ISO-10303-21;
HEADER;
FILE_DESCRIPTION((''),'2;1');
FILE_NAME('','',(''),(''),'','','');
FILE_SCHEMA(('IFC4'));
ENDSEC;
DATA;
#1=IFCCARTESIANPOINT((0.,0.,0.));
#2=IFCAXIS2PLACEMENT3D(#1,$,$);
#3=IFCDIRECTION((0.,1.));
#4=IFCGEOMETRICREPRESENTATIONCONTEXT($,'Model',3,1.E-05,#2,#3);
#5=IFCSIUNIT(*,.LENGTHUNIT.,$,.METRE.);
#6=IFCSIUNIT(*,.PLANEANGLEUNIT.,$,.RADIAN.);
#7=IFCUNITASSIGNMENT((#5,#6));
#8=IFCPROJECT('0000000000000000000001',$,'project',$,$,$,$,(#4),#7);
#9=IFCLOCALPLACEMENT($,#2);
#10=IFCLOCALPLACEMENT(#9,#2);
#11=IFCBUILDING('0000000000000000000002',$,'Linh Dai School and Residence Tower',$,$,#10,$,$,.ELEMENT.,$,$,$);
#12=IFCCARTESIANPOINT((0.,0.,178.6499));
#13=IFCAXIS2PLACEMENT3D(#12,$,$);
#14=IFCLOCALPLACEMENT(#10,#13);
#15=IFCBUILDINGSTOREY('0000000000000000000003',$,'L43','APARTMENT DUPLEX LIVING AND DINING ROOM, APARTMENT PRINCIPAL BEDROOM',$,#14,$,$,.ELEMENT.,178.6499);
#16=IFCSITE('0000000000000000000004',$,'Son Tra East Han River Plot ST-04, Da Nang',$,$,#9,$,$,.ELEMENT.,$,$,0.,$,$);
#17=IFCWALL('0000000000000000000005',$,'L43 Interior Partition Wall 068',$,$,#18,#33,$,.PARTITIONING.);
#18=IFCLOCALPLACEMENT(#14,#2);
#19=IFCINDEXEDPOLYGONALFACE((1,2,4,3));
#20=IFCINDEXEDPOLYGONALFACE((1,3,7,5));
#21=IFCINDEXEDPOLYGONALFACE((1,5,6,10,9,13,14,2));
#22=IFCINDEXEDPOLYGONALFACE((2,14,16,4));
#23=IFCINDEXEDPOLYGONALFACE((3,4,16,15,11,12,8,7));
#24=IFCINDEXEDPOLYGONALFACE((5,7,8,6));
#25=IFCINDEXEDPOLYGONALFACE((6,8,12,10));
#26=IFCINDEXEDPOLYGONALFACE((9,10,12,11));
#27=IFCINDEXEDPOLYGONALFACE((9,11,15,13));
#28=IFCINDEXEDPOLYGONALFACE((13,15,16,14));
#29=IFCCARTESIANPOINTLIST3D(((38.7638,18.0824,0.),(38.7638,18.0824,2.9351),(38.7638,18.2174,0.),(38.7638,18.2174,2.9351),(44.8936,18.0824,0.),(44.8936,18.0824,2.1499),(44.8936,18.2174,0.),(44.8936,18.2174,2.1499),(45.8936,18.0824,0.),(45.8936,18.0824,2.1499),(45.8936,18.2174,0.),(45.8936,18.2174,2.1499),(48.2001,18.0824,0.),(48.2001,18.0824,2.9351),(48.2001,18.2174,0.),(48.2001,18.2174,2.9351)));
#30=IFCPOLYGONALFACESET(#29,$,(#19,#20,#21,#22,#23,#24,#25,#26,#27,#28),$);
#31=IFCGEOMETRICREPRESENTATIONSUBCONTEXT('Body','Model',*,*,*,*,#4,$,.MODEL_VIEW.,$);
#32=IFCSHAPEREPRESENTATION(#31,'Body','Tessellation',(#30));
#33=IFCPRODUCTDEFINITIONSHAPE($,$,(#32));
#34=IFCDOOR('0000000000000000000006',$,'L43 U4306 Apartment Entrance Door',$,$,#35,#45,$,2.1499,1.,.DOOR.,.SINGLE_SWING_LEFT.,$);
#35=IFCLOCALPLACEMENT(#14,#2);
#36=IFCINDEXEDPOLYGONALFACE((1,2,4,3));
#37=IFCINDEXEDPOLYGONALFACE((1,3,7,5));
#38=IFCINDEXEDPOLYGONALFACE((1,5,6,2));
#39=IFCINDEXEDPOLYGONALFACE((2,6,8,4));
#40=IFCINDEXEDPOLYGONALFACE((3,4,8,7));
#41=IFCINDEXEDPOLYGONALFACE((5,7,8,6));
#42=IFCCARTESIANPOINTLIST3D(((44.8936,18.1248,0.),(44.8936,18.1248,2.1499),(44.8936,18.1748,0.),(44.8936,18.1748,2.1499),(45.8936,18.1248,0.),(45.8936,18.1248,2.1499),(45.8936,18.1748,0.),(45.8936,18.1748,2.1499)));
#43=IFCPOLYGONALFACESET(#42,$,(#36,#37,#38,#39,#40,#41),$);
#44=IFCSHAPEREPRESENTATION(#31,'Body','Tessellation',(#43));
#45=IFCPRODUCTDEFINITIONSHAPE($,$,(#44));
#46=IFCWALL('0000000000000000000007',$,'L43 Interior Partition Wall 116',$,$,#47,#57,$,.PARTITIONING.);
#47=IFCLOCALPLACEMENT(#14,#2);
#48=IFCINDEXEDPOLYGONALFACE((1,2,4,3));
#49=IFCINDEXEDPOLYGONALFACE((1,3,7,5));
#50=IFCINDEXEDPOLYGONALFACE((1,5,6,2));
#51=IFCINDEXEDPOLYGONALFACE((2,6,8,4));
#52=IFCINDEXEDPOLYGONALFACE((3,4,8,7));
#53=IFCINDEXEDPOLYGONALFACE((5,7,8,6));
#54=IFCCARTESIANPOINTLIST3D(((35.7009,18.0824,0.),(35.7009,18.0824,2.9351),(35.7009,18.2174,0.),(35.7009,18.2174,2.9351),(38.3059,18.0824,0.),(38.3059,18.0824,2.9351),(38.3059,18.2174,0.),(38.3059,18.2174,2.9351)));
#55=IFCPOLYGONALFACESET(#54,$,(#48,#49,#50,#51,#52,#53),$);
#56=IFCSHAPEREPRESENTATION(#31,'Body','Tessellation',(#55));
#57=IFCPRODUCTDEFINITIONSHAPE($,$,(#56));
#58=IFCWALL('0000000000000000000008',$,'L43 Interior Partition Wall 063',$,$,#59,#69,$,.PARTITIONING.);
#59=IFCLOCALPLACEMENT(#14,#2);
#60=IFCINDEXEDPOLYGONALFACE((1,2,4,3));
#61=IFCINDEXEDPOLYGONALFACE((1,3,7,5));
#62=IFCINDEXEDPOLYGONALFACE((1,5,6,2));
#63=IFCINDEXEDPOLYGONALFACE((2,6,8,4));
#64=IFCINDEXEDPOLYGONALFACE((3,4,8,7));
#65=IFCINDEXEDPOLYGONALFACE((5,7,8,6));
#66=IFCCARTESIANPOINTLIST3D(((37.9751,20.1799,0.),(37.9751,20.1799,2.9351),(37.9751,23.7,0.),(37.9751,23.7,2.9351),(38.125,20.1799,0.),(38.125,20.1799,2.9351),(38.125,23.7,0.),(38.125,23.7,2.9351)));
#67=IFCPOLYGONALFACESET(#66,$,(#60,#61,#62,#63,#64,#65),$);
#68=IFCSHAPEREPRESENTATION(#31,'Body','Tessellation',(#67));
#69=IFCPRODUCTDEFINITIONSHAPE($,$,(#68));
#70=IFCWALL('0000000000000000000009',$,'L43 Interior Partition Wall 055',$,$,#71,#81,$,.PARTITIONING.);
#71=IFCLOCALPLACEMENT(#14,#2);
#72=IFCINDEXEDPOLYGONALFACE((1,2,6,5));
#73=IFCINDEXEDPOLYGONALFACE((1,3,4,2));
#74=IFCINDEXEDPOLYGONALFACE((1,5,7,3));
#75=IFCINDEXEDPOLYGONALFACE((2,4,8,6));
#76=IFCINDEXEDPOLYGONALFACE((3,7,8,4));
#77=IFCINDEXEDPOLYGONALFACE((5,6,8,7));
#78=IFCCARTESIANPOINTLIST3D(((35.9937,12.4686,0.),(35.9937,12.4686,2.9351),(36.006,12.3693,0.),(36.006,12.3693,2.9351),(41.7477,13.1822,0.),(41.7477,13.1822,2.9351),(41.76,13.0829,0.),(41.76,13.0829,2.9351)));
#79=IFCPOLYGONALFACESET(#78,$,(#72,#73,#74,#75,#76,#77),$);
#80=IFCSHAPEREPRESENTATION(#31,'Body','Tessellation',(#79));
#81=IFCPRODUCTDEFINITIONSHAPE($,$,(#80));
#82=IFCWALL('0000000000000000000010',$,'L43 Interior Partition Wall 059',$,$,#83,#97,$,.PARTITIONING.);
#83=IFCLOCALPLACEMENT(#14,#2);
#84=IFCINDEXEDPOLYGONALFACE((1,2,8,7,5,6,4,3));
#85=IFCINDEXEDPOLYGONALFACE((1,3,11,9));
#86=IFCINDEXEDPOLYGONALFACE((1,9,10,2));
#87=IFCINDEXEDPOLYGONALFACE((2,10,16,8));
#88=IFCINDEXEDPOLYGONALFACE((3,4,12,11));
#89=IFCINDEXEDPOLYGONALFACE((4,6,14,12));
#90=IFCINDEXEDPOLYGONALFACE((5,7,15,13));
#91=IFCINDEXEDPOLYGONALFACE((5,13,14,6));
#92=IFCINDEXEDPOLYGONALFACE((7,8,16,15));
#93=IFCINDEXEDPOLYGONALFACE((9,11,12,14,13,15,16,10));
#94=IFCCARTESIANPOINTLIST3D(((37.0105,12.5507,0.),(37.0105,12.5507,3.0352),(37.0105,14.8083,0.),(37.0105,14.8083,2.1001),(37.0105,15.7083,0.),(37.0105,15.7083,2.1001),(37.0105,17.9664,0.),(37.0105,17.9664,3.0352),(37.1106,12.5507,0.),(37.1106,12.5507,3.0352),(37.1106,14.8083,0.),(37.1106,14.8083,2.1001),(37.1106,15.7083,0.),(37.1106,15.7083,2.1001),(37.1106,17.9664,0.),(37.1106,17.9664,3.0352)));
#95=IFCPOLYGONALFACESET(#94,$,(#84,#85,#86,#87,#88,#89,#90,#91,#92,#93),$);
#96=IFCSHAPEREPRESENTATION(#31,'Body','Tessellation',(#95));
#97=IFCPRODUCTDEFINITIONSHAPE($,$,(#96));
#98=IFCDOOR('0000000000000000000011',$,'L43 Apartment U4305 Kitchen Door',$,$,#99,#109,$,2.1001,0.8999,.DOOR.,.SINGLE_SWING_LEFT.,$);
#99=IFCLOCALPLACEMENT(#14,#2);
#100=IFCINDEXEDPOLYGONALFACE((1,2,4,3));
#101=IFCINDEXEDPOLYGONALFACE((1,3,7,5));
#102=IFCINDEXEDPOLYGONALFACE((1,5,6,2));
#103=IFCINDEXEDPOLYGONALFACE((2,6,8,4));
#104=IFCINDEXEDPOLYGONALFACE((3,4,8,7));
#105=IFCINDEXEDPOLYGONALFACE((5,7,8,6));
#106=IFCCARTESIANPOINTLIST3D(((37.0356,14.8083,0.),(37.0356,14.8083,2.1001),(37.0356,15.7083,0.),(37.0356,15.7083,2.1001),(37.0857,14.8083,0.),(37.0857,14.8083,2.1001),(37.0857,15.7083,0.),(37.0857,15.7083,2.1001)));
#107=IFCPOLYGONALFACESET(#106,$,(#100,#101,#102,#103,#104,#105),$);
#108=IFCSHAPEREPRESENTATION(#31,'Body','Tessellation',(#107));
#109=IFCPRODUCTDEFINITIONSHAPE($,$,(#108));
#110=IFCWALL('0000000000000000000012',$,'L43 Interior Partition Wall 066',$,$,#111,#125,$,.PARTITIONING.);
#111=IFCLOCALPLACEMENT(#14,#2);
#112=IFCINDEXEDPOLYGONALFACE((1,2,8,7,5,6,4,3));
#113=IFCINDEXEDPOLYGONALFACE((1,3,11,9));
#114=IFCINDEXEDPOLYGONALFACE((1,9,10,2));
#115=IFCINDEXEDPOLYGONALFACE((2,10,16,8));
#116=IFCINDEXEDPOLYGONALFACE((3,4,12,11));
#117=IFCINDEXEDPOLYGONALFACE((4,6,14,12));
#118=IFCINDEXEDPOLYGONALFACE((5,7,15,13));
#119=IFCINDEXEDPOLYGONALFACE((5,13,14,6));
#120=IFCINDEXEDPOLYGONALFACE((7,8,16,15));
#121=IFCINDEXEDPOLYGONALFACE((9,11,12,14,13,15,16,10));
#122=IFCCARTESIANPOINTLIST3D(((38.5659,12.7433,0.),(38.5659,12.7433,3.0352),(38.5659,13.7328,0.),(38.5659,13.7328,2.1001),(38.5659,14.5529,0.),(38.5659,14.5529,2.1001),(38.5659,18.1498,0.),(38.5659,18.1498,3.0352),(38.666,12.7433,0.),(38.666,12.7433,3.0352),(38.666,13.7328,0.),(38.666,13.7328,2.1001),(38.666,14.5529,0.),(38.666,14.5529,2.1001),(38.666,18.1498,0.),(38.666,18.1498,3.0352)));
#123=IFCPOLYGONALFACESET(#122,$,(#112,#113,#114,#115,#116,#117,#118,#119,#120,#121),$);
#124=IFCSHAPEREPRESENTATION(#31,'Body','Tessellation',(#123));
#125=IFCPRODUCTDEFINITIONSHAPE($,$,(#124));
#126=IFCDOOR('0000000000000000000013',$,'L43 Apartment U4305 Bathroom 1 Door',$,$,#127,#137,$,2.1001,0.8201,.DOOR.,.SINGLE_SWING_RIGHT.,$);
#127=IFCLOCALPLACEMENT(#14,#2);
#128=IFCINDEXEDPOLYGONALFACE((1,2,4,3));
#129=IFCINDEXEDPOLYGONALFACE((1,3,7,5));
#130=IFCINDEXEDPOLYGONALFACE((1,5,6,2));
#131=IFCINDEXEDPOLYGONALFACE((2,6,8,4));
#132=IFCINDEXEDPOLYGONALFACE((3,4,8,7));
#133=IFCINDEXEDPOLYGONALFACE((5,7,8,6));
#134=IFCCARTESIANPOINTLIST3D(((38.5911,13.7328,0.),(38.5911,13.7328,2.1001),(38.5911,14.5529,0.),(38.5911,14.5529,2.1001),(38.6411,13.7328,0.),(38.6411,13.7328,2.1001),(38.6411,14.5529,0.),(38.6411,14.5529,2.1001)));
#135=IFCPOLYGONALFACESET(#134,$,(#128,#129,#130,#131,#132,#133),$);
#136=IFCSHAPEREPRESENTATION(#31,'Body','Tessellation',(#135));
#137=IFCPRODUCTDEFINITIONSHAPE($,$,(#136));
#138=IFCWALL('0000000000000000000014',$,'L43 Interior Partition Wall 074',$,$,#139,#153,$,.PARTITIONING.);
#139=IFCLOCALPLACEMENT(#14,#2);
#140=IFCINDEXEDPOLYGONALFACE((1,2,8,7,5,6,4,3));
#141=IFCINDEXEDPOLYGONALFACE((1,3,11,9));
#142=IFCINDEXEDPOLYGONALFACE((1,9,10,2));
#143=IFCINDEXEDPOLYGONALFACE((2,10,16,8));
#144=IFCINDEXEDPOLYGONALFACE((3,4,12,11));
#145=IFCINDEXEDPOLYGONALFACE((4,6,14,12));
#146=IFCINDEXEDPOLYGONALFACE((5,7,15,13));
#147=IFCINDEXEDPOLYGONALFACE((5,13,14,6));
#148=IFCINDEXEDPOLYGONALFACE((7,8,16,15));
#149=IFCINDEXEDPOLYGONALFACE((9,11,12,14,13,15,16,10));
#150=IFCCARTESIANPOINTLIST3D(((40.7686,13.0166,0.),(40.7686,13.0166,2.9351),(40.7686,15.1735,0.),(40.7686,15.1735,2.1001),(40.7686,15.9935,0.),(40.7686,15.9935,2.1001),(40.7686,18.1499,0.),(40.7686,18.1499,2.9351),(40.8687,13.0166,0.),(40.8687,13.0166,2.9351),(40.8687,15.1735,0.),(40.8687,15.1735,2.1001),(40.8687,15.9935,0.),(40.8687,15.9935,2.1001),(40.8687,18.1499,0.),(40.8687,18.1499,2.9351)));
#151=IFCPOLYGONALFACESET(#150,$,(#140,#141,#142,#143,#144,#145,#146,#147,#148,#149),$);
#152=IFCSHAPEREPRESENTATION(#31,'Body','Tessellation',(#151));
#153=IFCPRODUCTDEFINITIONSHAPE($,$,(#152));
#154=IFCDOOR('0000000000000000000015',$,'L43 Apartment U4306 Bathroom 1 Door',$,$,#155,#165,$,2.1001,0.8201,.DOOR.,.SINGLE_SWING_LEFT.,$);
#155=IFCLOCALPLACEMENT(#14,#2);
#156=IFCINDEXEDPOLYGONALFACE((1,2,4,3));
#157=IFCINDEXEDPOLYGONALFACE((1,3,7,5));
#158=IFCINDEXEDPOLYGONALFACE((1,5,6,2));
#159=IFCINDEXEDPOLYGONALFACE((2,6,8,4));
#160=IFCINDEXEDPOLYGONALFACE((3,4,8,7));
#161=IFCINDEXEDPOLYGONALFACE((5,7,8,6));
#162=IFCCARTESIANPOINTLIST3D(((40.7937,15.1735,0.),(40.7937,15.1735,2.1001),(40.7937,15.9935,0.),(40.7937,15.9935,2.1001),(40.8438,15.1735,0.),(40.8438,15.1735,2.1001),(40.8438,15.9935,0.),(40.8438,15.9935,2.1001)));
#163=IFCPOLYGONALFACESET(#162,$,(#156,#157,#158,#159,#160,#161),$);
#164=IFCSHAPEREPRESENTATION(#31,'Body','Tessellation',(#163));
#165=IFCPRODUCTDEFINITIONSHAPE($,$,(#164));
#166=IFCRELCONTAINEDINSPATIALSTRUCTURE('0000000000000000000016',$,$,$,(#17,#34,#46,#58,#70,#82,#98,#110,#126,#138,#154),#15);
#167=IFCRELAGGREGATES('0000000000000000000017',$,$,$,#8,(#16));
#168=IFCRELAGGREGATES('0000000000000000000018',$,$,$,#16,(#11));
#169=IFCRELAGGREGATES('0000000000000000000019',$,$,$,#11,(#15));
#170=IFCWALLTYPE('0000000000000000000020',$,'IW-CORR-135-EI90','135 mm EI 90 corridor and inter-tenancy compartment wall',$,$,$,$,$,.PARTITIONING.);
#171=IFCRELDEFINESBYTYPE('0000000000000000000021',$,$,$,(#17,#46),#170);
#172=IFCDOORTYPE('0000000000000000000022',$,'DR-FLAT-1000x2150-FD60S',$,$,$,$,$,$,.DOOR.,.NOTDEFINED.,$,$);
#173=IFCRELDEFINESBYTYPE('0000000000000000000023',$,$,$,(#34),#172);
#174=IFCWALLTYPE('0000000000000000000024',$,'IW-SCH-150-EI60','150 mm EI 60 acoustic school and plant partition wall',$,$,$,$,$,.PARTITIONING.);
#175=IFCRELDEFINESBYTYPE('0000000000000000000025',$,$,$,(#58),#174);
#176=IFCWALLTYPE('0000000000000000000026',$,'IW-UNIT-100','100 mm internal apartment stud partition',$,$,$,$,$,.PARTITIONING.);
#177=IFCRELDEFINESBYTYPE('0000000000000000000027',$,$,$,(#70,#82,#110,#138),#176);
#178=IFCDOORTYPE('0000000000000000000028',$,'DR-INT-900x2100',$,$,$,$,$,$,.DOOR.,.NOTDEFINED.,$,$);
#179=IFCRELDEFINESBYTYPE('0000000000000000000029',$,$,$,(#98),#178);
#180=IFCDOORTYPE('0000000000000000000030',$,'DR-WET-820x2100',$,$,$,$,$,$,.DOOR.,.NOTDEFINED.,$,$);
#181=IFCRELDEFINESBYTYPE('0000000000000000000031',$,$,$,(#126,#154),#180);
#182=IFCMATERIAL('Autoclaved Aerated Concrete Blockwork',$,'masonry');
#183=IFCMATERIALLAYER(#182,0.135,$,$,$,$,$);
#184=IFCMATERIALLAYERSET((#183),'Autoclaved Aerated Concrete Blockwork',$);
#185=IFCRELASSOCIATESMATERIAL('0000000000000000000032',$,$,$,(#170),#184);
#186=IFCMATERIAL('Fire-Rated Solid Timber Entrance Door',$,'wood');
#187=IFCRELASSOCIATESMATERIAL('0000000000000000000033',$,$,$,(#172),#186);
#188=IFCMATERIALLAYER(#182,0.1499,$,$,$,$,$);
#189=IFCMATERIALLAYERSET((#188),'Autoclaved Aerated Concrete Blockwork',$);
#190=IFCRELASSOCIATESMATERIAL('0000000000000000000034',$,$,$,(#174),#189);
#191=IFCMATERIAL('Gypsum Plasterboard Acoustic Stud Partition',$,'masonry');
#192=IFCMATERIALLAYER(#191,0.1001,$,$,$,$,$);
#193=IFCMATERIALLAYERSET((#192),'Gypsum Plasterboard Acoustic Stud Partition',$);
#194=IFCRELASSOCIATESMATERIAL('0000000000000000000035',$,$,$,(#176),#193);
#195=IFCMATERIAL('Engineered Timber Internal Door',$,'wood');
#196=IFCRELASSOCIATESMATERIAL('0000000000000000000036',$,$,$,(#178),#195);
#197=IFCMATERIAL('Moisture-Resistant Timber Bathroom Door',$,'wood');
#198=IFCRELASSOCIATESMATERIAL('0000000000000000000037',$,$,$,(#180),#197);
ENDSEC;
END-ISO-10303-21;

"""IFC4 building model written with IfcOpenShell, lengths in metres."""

from ifc_helpers import new_model, si_unit, direction, frame, frame_2d, origin, origin_2d, place, context, subcontext, project, spatial, rectangle, extrude, source, transform, mapped, material, layer, layer_set, type_object, element, fill, save


model = new_model("IFC4")

# Units and contexts
model_context = context("Model", 3, precision=1e-05, world=origin(), true_north=direction((0.0, 1.0)))
body_context = subcontext(model_context, "Body", "Model", "MODEL_VIEW")
ifc_project = project(units=[si_unit("LENGTHUNIT", "METRE"), si_unit("PLANEANGLEUNIT", "RADIAN")], contexts=[model_context])

# Site, building, storey
site_placement = place(None, origin())
site = spatial("IfcSite", under=ifc_project, at=site_placement, Name="Son Tra East Han River Plot ST-04, Da Nang", CompositionType="ELEMENT", RefElevation=0.0)
building_placement = place(site_placement, origin())
building = spatial("IfcBuilding", under=site, at=building_placement, Name="Linh Dai School and Residence Tower", CompositionType="ELEMENT")
storey_placement = place(building_placement, frame((0.0, 0.0, 178.6499)))
storey = spatial("IfcBuildingStorey", under=building, at=storey_placement, Name="L43", Description="APARTMENT DUPLEX LIVING AND DINING ROOM, APARTMENT PRINCIPAL BEDROOM", CompositionType="ELEMENT", Elevation=178.6499)

# Shared definitions
ifc_material_1 = material(Name="Autoclaved Aerated Concrete Blockwork", Category="masonry")
ifc_layer_1 = layer(ifc_material_1, 0.135)
ifc_layer_set_1 = layer_set([ifc_layer_1], Name="Autoclaved Aerated Concrete Blockwork")
wall_type_1 = type_object("IfcWallType", Name="IW-CORR-135-EI90", Description="135 mm EI 90 corridor and inter-tenancy compartment wall", PredefinedType="PARTITIONING", material=ifc_layer_set_1)

# Wall, opening, door
wall_1_placement = place(storey_placement, frame((38.7637, 18.1499, 0.0), z_axis=(0.0, 0.0, 1.0), x_axis=(1.0, 0.0, 0.0)))
wall_1 = element("IfcWall", 1, at=wall_1_placement, inside=storey, type_object=wall_type_1, Name="L43 Interior Partition Wall 068", PredefinedType="PARTITIONING", context=body_context, shape_type="SweptSolid", body=[
    extrude(rectangle(XDim=9.4363, YDim=0.135, at=frame_2d((4.7183, 0.0))), origin(), (0.0, 0.0, 1.0), 2.9351),
])
opening_1_placement = place(wall_1_placement, frame((6.1299, 0.0, 0.0)))
opening_1 = element("IfcOpeningElement", 2, at=opening_1_placement, cuts=wall_1, PredefinedType="OPENING", context=body_context, shape_type="SweptSolid", body=[
    extrude(rectangle(XDim=1.0, YDim=2.1499, at=origin_2d()), frame((0.5, 0.0776, 1.075), z_axis=(0.0, -1.0, 0.0), x_axis=(1.0, 0.0, 0.0)), (0.0, 0.0, 1.0), 0.155),
])
ifc_material_2 = material(Name="Fire-Rated Solid Timber Entrance Door", Category="wood")
door_type_1 = type_object("IfcDoorType", Name="DR-FLAT-1000x2150-FD60S", OperationType="NOTDEFINED", PredefinedType="DOOR", material=ifc_material_2)
shared_shape_1 = source(origin(), body_context, "Body", "SweptSolid", [
    extrude(rectangle(XDim=1.0, YDim=2.1499, at=origin_2d()), frame((0.5, 0.0249, 1.075), z_axis=(0.0, -1.0, 0.0), x_axis=(1.0, 0.0, 0.0)), (0.0, 0.0, 1.0), 0.05),
])
door_1_placement = place(opening_1_placement, origin())
door_1 = element("IfcDoor", 3, at=door_1_placement, inside=storey, type_object=door_type_1, Name="L43 U4306 Apartment Entrance Door", OperationType="SINGLE_SWING_LEFT", OverallHeight=2.1499, OverallWidth=1.0, PredefinedType="DOOR", context=body_context, shape_type="MappedRepresentation", body=[
    mapped(shared_shape_1, transform((0.0, 0.0, 0.0), x_axis=(1.0, 0.0, 0.0), y_axis=(0.0, 1.0, 0.0), z_axis=(0.0, 0.0, 1.0), scale=1.0)),
])
fill(opening_1, door_1)

# Walls
wall_2_placement = place(storey_placement, frame((38.3059, 18.1499, 0.0), z_axis=(0.0, 0.0, 1.0), x_axis=(-1.0, 0.0, 0.0)))
element("IfcWall", 4, at=wall_2_placement, inside=storey, type_object=wall_type_1, Name="L43 Interior Partition Wall 116", PredefinedType="PARTITIONING", context=body_context, shape_type="SweptSolid", body=[
    extrude(rectangle(XDim=2.605, YDim=0.135, at=frame_2d((1.3025, 0.0))), origin(), (0.0, 0.0, 1.0), 2.9351),
])
ifc_layer_2 = layer(ifc_material_1, 0.1499)
ifc_layer_set_2 = layer_set([ifc_layer_2], Name="Autoclaved Aerated Concrete Blockwork")
wall_type_2 = type_object("IfcWallType", Name="IW-SCH-150-EI60", Description="150 mm EI 60 acoustic school and plant partition wall", PredefinedType="PARTITIONING", material=ifc_layer_set_2)
wall_3_placement = place(storey_placement, frame((38.05, 20.1799, 0.0), z_axis=(0.0, 0.0, 1.0), x_axis=(0.0, 1.0, 0.0)))
element("IfcWall", 5, at=wall_3_placement, inside=storey, type_object=wall_type_2, Name="L43 Interior Partition Wall 063", PredefinedType="PARTITIONING", context=body_context, shape_type="SweptSolid", body=[
    extrude(rectangle(XDim=3.52, YDim=0.1499, at=frame_2d((1.76, 0.0))), origin(), (0.0, 0.0, 1.0), 2.9351),
])
ifc_material_3 = material(Name="Gypsum Plasterboard Acoustic Stud Partition", Category="masonry")
ifc_layer_3 = layer(ifc_material_3, 0.1001)
ifc_layer_set_3 = layer_set([ifc_layer_3], Name="Gypsum Plasterboard Acoustic Stud Partition")
wall_type_3 = type_object("IfcWallType", Name="IW-UNIT-100", Description="100 mm internal apartment stud partition", PredefinedType="PARTITIONING", material=ifc_layer_set_3)
wall_4_placement = place(storey_placement, frame((36.0, 12.4189, 0.0), z_axis=(0.0, 0.0, 1.0), x_axis=(0.992397, 0.123081, 0.0)))
element("IfcWall", 6, at=wall_4_placement, inside=storey, type_object=wall_type_3, Name="L43 Interior Partition Wall 055", PredefinedType="PARTITIONING", context=body_context, shape_type="SweptSolid", body=[
    extrude(rectangle(XDim=5.7981, YDim=0.1001, at=frame_2d((2.8989, 0.0))), origin(), (0.0, 0.0, 1.0), 2.9351),
])

# Walls, openings, doors
wall_5_placement = place(storey_placement, frame((37.0605, 12.5505, 0.0), z_axis=(0.0, 0.0, 1.0), x_axis=(0.0, 1.0, 0.0)))
wall_5 = element("IfcWall", 7, at=wall_5_placement, inside=storey, type_object=wall_type_3, Name="L43 Interior Partition Wall 059", PredefinedType="PARTITIONING", context=body_context, shape_type="SweptSolid", body=[
    extrude(rectangle(XDim=5.4158, YDim=0.1001, at=frame_2d((2.708, 0.0))), origin(), (0.0, 0.0, 1.0), 3.0352),
])
opening_2_placement = place(wall_5_placement, frame((2.2578, 0.0, 0.0)))
opening_2 = element("IfcOpeningElement", 8, at=opening_2_placement, cuts=wall_5, PredefinedType="OPENING", context=body_context, shape_type="SweptSolid", body=[
    extrude(rectangle(XDim=0.8999, YDim=2.1001, at=origin_2d()), frame((0.45, 0.0601, 1.05), z_axis=(0.0, -1.0, 0.0), x_axis=(1.0, 0.0, 0.0)), (0.0, 0.0, 1.0), 0.1201),
])
ifc_material_4 = material(Name="Engineered Timber Internal Door", Category="wood")
door_type_2 = type_object("IfcDoorType", Name="DR-INT-900x2100", OperationType="NOTDEFINED", PredefinedType="DOOR", material=ifc_material_4)
shared_shape_2 = source(origin(), body_context, "Body", "SweptSolid", [
    extrude(rectangle(XDim=0.8999, YDim=2.1001, at=origin_2d()), frame((0.45, 0.0249, 1.05), z_axis=(0.0, -1.0, 0.0), x_axis=(1.0, 0.0, 0.0)), (0.0, 0.0, 1.0), 0.05),
])
door_2_placement = place(opening_2_placement, origin())
door_2 = element("IfcDoor", 9, at=door_2_placement, inside=storey, type_object=door_type_2, Name="L43 Apartment U4305 Kitchen Door", OperationType="SINGLE_SWING_LEFT", OverallHeight=2.1001, OverallWidth=0.8999, PredefinedType="DOOR", context=body_context, shape_type="MappedRepresentation", body=[
    mapped(shared_shape_2, transform((0.0, 0.0, 0.0), x_axis=(1.0, 0.0, 0.0), y_axis=(0.0, 1.0, 0.0), z_axis=(0.0, 0.0, 1.0), scale=1.0)),
])
fill(opening_2, door_2)
wall_6_placement = place(storey_placement, frame((38.616, 12.7434, 0.0), z_axis=(0.0, 0.0, 1.0), x_axis=(0.0, 1.0, 0.0)))
wall_6 = element("IfcWall", 10, at=wall_6_placement, inside=storey, type_object=wall_type_3, Name="L43 Interior Partition Wall 066", PredefinedType="PARTITIONING", context=body_context, shape_type="SweptSolid", body=[
    extrude(rectangle(XDim=5.4065, YDim=0.1001, at=frame_2d((2.7031, 0.0))), origin(), (0.0, 0.0, 1.0), 3.0352),
])
opening_3_placement = place(wall_6_placement, frame((0.9893, 0.0, 0.0)))
opening_3 = element("IfcOpeningElement", 11, at=opening_3_placement, cuts=wall_6, PredefinedType="OPENING", context=body_context, shape_type="SweptSolid", body=[
    extrude(rectangle(XDim=0.8201, YDim=2.1001, at=origin_2d()), frame((0.4102, 0.0601, 1.05), z_axis=(0.0, -1.0, 0.0), x_axis=(1.0, 0.0, 0.0)), (0.0, 0.0, 1.0), 0.1201),
])
ifc_material_5 = material(Name="Moisture-Resistant Timber Bathroom Door", Category="wood")
door_type_3 = type_object("IfcDoorType", Name="DR-WET-820x2100", OperationType="NOTDEFINED", PredefinedType="DOOR", material=ifc_material_5)
shared_shape_3 = source(origin(), body_context, "Body", "SweptSolid", [
    extrude(rectangle(XDim=0.8201, YDim=2.1001, at=origin_2d()), frame((0.4102, 0.0249, 1.05), z_axis=(0.0, -1.0, 0.0), x_axis=(1.0, 0.0, 0.0)), (0.0, 0.0, 1.0), 0.05),
])
door_3_placement = place(opening_3_placement, origin())
door_3 = element("IfcDoor", 12, at=door_3_placement, inside=storey, type_object=door_type_3, Name="L43 Apartment U4305 Bathroom 1 Door", OperationType="SINGLE_SWING_RIGHT", OverallHeight=2.1001, OverallWidth=0.8201, PredefinedType="DOOR", context=body_context, shape_type="MappedRepresentation", body=[
    mapped(shared_shape_3, transform((0.0, 0.0, 0.0), x_axis=(1.0, 0.0, 0.0), y_axis=(0.0, 1.0, 0.0), z_axis=(0.0, 0.0, 1.0), scale=1.0)),
])
fill(opening_3, door_3)
wall_7_placement = place(storey_placement, frame((40.8186, 13.0166, 0.0), z_axis=(0.0, 0.0, 1.0), x_axis=(0.0, 1.0, 0.0)))
wall_7 = element("IfcWall", 13, at=wall_7_placement, inside=storey, type_object=wall_type_3, Name="L43 Interior Partition Wall 074", PredefinedType="PARTITIONING", context=body_context, shape_type="SweptSolid", body=[
    extrude(rectangle(XDim=5.1333, YDim=0.1001, at=frame_2d((2.5667, 0.0))), origin(), (0.0, 0.0, 1.0), 2.9351),
])
opening_4_placement = place(wall_7_placement, frame((2.1567, 0.0, 0.0)))
opening_4 = element("IfcOpeningElement", 14, at=opening_4_placement, cuts=wall_7, PredefinedType="OPENING", context=body_context, shape_type="SweptSolid", body=[
    extrude(rectangle(XDim=0.8201, YDim=2.1001, at=origin_2d()), frame((0.4102, 0.0601, 1.05), z_axis=(0.0, -1.0, 0.0), x_axis=(1.0, 0.0, 0.0)), (0.0, 0.0, 1.0), 0.1201),
])
door_4_placement = place(opening_4_placement, origin())
door_4 = element("IfcDoor", 15, at=door_4_placement, inside=storey, type_object=door_type_3, Name="L43 Apartment U4306 Bathroom 1 Door", OperationType="SINGLE_SWING_LEFT", OverallHeight=2.1001, OverallWidth=0.8201, PredefinedType="DOOR", context=body_context, shape_type="MappedRepresentation", body=[
    mapped(shared_shape_3, transform((0.0, 0.0, 0.0), x_axis=(1.0, 0.0, 0.0), y_axis=(0.0, 1.0, 0.0), z_axis=(0.0, 0.0, 1.0), scale=1.0)),
])
fill(opening_4, door_4)

save(model, "model.ifc")
